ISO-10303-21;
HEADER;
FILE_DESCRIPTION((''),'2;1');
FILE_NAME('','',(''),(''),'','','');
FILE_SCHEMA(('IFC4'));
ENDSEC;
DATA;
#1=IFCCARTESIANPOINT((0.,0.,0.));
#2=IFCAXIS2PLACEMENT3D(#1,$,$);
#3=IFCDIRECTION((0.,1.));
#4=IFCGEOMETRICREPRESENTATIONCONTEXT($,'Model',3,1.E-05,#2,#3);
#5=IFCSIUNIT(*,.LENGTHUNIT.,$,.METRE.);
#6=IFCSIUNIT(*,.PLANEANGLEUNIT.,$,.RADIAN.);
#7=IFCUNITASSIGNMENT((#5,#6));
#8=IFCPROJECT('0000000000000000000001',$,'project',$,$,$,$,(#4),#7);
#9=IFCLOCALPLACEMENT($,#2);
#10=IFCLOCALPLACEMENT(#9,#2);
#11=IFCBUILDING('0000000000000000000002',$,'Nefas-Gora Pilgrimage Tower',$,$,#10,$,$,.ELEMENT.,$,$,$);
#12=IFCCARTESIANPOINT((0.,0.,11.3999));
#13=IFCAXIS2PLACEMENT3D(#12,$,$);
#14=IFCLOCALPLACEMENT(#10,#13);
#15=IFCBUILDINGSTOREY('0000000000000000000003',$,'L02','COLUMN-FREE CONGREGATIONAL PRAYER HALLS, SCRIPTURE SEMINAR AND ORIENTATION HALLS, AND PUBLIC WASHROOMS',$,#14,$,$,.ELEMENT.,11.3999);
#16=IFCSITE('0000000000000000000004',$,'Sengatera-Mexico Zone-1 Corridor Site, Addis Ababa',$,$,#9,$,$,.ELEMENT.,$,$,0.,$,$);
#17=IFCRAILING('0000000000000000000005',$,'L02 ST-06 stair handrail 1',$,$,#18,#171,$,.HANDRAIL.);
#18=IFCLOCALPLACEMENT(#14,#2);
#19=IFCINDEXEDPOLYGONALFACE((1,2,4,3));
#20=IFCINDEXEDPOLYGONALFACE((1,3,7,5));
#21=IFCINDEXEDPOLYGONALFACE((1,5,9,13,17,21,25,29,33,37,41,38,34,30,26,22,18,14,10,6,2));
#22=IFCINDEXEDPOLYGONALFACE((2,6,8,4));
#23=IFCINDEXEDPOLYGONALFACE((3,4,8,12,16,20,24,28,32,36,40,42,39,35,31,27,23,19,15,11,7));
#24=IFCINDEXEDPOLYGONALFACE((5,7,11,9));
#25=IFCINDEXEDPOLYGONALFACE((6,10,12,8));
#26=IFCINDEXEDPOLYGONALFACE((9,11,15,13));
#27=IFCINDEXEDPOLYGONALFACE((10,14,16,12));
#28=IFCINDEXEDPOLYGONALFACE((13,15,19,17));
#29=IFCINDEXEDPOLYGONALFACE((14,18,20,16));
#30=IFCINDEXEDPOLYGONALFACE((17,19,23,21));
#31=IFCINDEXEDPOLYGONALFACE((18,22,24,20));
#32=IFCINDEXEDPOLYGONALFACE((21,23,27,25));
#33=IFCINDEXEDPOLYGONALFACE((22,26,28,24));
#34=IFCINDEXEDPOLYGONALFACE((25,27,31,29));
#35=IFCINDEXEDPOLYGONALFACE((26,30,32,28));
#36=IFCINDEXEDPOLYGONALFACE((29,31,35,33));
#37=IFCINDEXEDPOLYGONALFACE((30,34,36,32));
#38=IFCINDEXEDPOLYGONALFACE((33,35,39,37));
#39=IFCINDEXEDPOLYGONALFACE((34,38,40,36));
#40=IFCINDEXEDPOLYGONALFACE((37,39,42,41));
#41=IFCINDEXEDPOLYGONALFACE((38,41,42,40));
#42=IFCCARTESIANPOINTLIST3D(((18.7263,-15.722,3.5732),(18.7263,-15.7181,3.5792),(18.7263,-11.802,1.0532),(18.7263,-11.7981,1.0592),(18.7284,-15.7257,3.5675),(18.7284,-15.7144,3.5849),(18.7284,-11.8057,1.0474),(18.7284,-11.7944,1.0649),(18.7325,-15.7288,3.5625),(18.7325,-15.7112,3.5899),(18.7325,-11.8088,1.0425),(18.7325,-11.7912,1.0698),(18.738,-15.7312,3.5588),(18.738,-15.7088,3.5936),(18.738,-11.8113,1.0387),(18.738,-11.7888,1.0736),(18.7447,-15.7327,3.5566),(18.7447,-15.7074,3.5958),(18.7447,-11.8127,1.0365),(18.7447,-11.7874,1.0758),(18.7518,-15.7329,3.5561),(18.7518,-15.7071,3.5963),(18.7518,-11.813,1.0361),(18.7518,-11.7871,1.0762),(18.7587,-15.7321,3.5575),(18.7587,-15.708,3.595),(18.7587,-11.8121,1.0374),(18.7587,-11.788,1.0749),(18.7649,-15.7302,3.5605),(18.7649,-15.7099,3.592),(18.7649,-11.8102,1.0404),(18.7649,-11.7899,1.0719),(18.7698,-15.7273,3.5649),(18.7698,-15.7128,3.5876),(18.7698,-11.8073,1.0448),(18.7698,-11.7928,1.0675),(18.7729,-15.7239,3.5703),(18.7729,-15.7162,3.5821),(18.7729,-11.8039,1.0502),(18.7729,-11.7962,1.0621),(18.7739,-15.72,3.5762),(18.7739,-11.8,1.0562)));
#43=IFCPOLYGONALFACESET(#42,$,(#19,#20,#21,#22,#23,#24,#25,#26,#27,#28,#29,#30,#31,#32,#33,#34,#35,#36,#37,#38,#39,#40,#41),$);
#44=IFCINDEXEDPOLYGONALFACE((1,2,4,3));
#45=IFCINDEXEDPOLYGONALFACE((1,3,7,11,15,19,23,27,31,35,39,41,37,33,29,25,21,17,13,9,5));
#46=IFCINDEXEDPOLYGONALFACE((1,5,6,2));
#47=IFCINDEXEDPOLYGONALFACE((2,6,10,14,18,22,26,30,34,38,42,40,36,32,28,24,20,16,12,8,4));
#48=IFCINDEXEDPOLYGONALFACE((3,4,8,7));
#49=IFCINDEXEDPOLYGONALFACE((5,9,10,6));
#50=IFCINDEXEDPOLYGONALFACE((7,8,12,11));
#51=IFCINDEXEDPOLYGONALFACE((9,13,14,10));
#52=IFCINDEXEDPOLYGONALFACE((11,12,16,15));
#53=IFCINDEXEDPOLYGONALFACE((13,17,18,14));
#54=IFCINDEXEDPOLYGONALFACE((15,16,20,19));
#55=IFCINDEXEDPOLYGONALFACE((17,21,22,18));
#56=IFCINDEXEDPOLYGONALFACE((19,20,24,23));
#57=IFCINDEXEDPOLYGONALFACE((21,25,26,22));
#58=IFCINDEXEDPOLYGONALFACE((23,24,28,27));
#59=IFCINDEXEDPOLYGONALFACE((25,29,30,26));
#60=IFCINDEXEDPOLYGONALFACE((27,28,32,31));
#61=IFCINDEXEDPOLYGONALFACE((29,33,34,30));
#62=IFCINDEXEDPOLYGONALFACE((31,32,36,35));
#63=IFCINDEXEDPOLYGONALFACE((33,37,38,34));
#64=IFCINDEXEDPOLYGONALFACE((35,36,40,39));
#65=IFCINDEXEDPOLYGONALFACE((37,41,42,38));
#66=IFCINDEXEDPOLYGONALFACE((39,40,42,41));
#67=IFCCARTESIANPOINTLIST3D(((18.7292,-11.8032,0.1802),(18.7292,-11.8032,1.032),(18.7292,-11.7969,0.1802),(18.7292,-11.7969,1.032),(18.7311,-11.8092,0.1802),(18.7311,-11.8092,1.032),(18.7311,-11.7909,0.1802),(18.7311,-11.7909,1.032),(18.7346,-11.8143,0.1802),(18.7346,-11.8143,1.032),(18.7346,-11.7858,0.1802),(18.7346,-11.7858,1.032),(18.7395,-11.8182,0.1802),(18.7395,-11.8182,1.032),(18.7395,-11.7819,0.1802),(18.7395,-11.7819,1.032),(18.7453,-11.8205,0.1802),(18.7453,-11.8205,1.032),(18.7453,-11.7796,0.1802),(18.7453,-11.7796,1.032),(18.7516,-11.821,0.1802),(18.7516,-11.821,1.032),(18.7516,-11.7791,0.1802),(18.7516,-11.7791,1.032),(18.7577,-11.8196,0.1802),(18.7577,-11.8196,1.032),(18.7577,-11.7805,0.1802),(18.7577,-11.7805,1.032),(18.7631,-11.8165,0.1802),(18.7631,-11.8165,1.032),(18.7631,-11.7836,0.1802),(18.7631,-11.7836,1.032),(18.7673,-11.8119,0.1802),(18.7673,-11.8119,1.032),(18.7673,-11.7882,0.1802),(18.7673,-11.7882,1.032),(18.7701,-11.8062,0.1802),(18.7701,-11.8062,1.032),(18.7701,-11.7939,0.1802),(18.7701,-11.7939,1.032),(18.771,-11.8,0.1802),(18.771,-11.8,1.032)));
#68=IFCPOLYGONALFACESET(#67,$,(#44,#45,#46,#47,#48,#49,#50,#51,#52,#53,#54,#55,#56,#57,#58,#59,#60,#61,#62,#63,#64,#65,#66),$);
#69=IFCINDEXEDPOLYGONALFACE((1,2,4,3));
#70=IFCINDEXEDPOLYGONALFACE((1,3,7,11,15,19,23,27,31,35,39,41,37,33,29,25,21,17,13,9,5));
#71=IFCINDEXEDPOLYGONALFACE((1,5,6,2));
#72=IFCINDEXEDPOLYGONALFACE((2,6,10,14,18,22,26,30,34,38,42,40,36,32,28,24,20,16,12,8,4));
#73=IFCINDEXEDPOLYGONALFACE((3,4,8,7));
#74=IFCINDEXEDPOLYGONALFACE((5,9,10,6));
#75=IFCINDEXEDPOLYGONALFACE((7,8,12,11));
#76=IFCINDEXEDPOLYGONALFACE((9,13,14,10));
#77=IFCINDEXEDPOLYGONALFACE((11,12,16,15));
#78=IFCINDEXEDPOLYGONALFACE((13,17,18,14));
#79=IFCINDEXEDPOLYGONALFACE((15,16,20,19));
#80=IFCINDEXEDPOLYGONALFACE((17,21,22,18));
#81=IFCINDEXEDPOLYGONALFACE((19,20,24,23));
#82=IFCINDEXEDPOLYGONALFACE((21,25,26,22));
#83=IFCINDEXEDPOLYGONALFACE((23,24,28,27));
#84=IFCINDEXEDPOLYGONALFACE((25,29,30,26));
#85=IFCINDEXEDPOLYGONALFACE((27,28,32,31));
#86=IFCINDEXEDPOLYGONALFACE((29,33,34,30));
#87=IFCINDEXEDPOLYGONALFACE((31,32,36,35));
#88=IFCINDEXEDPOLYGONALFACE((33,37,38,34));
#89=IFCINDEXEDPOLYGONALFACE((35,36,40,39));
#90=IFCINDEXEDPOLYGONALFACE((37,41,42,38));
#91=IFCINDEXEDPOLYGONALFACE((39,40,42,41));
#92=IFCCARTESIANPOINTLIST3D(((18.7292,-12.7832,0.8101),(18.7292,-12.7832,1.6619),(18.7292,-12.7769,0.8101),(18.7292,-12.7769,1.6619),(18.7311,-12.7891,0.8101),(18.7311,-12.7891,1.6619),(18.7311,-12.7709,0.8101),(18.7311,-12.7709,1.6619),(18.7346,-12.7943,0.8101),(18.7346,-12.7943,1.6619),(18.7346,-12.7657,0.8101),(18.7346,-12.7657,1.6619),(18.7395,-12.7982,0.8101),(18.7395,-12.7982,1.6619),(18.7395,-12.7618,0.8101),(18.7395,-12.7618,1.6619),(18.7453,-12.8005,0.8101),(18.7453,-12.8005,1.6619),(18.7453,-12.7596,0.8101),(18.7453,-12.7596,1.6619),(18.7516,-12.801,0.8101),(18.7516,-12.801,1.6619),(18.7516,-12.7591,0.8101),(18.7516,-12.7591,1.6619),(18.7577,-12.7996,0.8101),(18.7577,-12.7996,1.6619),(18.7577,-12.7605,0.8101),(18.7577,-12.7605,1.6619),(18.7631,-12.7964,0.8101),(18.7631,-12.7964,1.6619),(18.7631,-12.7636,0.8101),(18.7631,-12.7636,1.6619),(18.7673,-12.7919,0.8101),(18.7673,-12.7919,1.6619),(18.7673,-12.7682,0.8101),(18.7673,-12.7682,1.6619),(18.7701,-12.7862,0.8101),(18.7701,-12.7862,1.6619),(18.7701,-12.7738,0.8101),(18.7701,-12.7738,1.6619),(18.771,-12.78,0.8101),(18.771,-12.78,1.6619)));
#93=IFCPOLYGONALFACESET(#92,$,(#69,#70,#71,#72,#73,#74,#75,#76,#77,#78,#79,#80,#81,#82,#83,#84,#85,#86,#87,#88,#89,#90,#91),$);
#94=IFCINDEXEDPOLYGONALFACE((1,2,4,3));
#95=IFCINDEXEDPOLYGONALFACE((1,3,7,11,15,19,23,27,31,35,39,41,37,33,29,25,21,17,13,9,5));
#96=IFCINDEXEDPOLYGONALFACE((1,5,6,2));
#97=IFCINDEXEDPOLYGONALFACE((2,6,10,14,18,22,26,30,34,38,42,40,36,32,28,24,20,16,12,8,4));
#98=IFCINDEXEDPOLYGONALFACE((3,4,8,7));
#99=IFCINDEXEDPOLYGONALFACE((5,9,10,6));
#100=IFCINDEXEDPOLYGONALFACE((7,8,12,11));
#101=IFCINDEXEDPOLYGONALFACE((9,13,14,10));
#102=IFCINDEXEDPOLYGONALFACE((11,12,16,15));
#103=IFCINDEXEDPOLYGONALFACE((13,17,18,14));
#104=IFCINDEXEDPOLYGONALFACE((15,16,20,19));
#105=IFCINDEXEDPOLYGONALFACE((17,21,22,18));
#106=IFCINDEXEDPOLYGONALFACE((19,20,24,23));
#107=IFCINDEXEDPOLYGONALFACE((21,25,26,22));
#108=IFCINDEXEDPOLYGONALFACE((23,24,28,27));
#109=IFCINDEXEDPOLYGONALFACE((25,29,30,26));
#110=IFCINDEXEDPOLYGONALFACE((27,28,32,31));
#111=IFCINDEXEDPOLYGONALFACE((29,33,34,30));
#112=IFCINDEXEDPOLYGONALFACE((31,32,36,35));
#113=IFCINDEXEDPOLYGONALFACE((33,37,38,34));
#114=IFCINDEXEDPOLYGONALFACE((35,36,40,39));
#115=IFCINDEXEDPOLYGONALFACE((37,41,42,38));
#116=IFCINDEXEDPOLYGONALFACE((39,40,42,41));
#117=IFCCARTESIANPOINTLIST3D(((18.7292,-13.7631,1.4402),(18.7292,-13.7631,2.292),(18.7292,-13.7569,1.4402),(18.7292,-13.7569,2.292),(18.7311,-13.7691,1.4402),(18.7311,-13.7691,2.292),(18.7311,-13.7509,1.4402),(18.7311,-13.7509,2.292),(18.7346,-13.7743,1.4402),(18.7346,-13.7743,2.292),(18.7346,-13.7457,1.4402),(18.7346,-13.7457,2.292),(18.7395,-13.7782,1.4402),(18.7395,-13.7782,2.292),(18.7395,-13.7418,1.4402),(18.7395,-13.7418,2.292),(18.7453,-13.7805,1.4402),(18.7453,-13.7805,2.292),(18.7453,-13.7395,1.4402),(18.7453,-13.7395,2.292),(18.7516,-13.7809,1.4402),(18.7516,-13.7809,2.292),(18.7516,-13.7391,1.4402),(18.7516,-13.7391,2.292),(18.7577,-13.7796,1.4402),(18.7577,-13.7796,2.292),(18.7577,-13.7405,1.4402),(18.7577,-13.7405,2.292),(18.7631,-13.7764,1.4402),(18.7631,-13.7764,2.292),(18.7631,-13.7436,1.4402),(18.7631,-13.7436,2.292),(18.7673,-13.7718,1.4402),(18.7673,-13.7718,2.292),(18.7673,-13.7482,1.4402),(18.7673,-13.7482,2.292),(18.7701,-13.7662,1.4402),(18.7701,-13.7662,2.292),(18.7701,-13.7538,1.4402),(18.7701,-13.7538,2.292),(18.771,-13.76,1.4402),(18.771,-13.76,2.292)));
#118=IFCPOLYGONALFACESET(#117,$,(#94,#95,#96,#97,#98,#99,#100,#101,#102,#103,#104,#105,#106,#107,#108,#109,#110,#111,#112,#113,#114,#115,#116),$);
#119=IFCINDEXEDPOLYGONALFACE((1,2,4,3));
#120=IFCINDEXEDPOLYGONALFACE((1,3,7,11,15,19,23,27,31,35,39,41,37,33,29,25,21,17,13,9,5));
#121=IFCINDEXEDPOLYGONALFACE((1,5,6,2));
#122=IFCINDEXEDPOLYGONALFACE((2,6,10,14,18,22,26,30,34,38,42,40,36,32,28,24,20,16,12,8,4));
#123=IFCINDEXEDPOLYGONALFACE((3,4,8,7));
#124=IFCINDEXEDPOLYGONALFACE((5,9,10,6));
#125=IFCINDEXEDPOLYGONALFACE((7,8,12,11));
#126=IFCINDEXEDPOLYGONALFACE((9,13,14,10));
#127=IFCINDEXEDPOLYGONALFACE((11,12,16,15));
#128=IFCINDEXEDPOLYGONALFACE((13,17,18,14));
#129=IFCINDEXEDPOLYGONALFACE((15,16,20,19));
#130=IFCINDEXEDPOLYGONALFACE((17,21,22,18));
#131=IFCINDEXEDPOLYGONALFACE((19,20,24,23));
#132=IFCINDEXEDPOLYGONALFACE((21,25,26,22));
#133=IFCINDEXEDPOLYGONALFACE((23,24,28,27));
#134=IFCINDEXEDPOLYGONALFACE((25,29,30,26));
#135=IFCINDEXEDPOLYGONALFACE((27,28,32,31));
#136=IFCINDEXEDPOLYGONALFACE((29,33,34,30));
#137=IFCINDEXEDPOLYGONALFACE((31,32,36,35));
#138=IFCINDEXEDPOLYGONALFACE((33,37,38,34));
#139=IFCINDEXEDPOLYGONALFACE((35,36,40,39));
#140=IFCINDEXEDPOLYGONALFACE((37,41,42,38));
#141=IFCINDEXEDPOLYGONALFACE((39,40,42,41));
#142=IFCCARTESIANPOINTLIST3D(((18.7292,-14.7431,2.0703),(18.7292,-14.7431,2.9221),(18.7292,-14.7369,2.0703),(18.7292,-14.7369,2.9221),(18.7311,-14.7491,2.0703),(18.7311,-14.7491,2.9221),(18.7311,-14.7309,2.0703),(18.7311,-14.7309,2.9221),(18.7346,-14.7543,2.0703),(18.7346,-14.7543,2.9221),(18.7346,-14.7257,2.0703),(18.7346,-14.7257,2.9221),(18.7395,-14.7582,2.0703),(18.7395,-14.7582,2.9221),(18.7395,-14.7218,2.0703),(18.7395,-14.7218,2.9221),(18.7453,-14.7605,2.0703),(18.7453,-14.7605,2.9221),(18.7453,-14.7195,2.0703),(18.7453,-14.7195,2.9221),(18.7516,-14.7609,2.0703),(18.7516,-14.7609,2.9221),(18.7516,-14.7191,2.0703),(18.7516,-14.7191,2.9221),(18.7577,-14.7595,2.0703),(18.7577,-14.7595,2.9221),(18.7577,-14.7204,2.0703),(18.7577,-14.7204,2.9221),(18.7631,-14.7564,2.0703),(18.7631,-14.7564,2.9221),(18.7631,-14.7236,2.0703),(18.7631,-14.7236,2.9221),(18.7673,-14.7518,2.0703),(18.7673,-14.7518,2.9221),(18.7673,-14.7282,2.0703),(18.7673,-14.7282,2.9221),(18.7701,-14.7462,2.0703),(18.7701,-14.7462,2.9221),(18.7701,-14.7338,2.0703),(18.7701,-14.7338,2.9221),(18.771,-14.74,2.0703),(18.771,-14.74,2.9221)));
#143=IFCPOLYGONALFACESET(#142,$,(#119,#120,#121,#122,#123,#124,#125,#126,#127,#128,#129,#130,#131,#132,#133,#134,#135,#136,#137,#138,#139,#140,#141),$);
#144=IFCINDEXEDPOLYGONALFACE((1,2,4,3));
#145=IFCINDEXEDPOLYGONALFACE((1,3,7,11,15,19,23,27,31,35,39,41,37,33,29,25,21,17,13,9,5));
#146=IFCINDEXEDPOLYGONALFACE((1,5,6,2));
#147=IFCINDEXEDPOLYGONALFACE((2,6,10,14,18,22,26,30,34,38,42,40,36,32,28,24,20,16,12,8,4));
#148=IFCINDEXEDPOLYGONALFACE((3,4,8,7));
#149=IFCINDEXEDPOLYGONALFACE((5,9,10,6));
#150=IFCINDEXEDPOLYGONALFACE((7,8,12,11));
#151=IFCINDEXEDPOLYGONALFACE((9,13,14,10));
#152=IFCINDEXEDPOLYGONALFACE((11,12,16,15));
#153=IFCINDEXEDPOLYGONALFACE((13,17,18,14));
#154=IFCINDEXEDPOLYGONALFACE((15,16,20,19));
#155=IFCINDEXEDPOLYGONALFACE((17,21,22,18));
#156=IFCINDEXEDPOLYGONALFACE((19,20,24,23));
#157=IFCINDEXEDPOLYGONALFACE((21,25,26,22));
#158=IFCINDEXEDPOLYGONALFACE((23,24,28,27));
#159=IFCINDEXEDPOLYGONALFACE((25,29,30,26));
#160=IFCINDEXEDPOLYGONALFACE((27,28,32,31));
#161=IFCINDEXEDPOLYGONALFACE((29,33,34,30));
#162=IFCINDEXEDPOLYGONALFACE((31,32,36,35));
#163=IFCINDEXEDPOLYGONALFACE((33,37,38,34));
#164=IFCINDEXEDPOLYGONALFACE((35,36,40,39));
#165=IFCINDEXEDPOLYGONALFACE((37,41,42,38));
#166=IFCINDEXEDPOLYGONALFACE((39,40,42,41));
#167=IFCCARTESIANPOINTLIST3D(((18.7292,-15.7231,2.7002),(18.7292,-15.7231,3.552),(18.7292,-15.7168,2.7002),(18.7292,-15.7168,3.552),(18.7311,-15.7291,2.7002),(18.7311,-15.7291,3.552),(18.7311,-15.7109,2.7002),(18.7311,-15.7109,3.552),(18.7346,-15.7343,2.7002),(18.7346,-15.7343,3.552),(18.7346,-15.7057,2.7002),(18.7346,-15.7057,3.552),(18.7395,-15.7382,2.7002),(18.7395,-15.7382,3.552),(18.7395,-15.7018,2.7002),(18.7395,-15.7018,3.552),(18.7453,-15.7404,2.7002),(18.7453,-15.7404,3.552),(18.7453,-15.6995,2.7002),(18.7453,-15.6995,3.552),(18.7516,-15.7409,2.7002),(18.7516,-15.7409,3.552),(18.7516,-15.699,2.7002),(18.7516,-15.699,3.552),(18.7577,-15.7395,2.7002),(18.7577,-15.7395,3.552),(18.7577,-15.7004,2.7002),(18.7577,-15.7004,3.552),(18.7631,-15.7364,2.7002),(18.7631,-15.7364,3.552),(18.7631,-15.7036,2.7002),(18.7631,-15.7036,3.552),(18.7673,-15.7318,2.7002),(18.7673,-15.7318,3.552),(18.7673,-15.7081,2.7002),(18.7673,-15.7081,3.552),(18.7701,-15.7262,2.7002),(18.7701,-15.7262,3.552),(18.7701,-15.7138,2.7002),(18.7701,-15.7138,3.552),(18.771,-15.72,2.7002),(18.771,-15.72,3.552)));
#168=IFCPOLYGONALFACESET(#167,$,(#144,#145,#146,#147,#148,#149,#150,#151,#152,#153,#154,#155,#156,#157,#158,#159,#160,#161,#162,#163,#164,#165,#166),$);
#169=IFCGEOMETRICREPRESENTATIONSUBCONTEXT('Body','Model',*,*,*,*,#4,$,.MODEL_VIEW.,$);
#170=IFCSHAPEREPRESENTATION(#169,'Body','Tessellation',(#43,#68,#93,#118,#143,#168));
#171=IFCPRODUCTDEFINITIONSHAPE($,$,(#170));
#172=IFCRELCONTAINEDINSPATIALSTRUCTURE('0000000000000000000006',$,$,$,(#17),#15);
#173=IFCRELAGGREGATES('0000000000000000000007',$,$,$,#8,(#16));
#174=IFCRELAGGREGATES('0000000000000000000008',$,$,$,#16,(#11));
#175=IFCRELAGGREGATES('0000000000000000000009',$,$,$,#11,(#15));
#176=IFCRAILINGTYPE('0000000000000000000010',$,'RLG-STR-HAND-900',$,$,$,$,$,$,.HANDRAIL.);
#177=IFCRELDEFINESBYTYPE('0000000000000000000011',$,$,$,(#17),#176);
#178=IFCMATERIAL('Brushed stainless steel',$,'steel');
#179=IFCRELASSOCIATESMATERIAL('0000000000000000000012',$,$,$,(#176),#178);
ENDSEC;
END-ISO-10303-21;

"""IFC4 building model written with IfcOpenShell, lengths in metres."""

from ifc_helpers import new_model, si_unit, direction, frame, origin, origin_2d, place, context, subcontext, project, spatial, circle, extrude, material, type_object, element, save


model = new_model("IFC4")

# Units and contexts
model_context = context("Model", 3, precision=1e-05, world=origin(), true_north=direction((0.0, 1.0)))
body_context = subcontext(model_context, "Body", "Model", "MODEL_VIEW")
ifc_project = project(units=[si_unit("LENGTHUNIT", "METRE"), si_unit("PLANEANGLEUNIT", "RADIAN")], contexts=[model_context])

# Site, building, storey
site_placement = place(None, origin())
site = spatial("IfcSite", under=ifc_project, at=site_placement, Name="Sengatera-Mexico Zone-1 Corridor Site, Addis Ababa", CompositionType="ELEMENT", RefElevation=0.0)
building_placement = place(site_placement, origin())
building = spatial("IfcBuilding", under=site, at=building_placement, Name="Nefas-Gora Pilgrimage Tower", CompositionType="ELEMENT")
storey_placement = place(building_placement, frame((0.0, 0.0, 11.3999)))
storey = spatial("IfcBuildingStorey", under=building, at=storey_placement, Name="L02", Description="COLUMN-FREE CONGREGATIONAL PRAYER HALLS, SCRIPTURE SEMINAR AND ORIENTATION HALLS, AND PUBLIC WASHROOMS", CompositionType="ELEMENT", Elevation=11.3999)

# Railing
ifc_material_1 = material(Name="Brushed stainless steel", Category="steel")
railing_type_1 = type_object("IfcRailingType", Name="RLG-STR-HAND-900", PredefinedType="HANDRAIL", material=ifc_material_1)
railing_1_placement = place(storey_placement, frame((18.75, -11.8, 0.1802)))
element("IfcRailing", 1, at=railing_1_placement, inside=storey, type_object=railing_type_1, Name="L02 ST-06 stair handrail 1", PredefinedType="HANDRAIL", context=body_context, shape_type="SweptSolid", body=[
    extrude(circle(Radius=0.0239, at=origin_2d()), frame((0.0, 0.0, 0.876), z_axis=(0.0, -0.841172, 0.540768), x_axis=(1.0, 0.0, 0.0)), (0.0, 0.0, 1.0), 4.6602),
    extrude(circle(Radius=0.021, at=origin_2d()), origin(), (0.0, 0.0, 1.0), 0.8518),
    extrude(circle(Radius=0.021, at=origin_2d()), frame((0.0, -0.98, 0.6299)), (0.0, 0.0, 1.0), 0.8518),
    extrude(circle(Radius=0.021, at=origin_2d()), frame((0.0, -1.96, 1.26)), (0.0, 0.0, 1.0), 0.8518),
    extrude(circle(Radius=0.021, at=origin_2d()), frame((0.0, -2.9399, 1.8901)), (0.0, 0.0, 1.0), 0.8518),
    extrude(circle(Radius=0.021, at=origin_2d()), frame((0.0, -3.9199, 2.52)), (0.0, 0.0, 1.0), 0.8518),
])

save(model, "model.ifc")
